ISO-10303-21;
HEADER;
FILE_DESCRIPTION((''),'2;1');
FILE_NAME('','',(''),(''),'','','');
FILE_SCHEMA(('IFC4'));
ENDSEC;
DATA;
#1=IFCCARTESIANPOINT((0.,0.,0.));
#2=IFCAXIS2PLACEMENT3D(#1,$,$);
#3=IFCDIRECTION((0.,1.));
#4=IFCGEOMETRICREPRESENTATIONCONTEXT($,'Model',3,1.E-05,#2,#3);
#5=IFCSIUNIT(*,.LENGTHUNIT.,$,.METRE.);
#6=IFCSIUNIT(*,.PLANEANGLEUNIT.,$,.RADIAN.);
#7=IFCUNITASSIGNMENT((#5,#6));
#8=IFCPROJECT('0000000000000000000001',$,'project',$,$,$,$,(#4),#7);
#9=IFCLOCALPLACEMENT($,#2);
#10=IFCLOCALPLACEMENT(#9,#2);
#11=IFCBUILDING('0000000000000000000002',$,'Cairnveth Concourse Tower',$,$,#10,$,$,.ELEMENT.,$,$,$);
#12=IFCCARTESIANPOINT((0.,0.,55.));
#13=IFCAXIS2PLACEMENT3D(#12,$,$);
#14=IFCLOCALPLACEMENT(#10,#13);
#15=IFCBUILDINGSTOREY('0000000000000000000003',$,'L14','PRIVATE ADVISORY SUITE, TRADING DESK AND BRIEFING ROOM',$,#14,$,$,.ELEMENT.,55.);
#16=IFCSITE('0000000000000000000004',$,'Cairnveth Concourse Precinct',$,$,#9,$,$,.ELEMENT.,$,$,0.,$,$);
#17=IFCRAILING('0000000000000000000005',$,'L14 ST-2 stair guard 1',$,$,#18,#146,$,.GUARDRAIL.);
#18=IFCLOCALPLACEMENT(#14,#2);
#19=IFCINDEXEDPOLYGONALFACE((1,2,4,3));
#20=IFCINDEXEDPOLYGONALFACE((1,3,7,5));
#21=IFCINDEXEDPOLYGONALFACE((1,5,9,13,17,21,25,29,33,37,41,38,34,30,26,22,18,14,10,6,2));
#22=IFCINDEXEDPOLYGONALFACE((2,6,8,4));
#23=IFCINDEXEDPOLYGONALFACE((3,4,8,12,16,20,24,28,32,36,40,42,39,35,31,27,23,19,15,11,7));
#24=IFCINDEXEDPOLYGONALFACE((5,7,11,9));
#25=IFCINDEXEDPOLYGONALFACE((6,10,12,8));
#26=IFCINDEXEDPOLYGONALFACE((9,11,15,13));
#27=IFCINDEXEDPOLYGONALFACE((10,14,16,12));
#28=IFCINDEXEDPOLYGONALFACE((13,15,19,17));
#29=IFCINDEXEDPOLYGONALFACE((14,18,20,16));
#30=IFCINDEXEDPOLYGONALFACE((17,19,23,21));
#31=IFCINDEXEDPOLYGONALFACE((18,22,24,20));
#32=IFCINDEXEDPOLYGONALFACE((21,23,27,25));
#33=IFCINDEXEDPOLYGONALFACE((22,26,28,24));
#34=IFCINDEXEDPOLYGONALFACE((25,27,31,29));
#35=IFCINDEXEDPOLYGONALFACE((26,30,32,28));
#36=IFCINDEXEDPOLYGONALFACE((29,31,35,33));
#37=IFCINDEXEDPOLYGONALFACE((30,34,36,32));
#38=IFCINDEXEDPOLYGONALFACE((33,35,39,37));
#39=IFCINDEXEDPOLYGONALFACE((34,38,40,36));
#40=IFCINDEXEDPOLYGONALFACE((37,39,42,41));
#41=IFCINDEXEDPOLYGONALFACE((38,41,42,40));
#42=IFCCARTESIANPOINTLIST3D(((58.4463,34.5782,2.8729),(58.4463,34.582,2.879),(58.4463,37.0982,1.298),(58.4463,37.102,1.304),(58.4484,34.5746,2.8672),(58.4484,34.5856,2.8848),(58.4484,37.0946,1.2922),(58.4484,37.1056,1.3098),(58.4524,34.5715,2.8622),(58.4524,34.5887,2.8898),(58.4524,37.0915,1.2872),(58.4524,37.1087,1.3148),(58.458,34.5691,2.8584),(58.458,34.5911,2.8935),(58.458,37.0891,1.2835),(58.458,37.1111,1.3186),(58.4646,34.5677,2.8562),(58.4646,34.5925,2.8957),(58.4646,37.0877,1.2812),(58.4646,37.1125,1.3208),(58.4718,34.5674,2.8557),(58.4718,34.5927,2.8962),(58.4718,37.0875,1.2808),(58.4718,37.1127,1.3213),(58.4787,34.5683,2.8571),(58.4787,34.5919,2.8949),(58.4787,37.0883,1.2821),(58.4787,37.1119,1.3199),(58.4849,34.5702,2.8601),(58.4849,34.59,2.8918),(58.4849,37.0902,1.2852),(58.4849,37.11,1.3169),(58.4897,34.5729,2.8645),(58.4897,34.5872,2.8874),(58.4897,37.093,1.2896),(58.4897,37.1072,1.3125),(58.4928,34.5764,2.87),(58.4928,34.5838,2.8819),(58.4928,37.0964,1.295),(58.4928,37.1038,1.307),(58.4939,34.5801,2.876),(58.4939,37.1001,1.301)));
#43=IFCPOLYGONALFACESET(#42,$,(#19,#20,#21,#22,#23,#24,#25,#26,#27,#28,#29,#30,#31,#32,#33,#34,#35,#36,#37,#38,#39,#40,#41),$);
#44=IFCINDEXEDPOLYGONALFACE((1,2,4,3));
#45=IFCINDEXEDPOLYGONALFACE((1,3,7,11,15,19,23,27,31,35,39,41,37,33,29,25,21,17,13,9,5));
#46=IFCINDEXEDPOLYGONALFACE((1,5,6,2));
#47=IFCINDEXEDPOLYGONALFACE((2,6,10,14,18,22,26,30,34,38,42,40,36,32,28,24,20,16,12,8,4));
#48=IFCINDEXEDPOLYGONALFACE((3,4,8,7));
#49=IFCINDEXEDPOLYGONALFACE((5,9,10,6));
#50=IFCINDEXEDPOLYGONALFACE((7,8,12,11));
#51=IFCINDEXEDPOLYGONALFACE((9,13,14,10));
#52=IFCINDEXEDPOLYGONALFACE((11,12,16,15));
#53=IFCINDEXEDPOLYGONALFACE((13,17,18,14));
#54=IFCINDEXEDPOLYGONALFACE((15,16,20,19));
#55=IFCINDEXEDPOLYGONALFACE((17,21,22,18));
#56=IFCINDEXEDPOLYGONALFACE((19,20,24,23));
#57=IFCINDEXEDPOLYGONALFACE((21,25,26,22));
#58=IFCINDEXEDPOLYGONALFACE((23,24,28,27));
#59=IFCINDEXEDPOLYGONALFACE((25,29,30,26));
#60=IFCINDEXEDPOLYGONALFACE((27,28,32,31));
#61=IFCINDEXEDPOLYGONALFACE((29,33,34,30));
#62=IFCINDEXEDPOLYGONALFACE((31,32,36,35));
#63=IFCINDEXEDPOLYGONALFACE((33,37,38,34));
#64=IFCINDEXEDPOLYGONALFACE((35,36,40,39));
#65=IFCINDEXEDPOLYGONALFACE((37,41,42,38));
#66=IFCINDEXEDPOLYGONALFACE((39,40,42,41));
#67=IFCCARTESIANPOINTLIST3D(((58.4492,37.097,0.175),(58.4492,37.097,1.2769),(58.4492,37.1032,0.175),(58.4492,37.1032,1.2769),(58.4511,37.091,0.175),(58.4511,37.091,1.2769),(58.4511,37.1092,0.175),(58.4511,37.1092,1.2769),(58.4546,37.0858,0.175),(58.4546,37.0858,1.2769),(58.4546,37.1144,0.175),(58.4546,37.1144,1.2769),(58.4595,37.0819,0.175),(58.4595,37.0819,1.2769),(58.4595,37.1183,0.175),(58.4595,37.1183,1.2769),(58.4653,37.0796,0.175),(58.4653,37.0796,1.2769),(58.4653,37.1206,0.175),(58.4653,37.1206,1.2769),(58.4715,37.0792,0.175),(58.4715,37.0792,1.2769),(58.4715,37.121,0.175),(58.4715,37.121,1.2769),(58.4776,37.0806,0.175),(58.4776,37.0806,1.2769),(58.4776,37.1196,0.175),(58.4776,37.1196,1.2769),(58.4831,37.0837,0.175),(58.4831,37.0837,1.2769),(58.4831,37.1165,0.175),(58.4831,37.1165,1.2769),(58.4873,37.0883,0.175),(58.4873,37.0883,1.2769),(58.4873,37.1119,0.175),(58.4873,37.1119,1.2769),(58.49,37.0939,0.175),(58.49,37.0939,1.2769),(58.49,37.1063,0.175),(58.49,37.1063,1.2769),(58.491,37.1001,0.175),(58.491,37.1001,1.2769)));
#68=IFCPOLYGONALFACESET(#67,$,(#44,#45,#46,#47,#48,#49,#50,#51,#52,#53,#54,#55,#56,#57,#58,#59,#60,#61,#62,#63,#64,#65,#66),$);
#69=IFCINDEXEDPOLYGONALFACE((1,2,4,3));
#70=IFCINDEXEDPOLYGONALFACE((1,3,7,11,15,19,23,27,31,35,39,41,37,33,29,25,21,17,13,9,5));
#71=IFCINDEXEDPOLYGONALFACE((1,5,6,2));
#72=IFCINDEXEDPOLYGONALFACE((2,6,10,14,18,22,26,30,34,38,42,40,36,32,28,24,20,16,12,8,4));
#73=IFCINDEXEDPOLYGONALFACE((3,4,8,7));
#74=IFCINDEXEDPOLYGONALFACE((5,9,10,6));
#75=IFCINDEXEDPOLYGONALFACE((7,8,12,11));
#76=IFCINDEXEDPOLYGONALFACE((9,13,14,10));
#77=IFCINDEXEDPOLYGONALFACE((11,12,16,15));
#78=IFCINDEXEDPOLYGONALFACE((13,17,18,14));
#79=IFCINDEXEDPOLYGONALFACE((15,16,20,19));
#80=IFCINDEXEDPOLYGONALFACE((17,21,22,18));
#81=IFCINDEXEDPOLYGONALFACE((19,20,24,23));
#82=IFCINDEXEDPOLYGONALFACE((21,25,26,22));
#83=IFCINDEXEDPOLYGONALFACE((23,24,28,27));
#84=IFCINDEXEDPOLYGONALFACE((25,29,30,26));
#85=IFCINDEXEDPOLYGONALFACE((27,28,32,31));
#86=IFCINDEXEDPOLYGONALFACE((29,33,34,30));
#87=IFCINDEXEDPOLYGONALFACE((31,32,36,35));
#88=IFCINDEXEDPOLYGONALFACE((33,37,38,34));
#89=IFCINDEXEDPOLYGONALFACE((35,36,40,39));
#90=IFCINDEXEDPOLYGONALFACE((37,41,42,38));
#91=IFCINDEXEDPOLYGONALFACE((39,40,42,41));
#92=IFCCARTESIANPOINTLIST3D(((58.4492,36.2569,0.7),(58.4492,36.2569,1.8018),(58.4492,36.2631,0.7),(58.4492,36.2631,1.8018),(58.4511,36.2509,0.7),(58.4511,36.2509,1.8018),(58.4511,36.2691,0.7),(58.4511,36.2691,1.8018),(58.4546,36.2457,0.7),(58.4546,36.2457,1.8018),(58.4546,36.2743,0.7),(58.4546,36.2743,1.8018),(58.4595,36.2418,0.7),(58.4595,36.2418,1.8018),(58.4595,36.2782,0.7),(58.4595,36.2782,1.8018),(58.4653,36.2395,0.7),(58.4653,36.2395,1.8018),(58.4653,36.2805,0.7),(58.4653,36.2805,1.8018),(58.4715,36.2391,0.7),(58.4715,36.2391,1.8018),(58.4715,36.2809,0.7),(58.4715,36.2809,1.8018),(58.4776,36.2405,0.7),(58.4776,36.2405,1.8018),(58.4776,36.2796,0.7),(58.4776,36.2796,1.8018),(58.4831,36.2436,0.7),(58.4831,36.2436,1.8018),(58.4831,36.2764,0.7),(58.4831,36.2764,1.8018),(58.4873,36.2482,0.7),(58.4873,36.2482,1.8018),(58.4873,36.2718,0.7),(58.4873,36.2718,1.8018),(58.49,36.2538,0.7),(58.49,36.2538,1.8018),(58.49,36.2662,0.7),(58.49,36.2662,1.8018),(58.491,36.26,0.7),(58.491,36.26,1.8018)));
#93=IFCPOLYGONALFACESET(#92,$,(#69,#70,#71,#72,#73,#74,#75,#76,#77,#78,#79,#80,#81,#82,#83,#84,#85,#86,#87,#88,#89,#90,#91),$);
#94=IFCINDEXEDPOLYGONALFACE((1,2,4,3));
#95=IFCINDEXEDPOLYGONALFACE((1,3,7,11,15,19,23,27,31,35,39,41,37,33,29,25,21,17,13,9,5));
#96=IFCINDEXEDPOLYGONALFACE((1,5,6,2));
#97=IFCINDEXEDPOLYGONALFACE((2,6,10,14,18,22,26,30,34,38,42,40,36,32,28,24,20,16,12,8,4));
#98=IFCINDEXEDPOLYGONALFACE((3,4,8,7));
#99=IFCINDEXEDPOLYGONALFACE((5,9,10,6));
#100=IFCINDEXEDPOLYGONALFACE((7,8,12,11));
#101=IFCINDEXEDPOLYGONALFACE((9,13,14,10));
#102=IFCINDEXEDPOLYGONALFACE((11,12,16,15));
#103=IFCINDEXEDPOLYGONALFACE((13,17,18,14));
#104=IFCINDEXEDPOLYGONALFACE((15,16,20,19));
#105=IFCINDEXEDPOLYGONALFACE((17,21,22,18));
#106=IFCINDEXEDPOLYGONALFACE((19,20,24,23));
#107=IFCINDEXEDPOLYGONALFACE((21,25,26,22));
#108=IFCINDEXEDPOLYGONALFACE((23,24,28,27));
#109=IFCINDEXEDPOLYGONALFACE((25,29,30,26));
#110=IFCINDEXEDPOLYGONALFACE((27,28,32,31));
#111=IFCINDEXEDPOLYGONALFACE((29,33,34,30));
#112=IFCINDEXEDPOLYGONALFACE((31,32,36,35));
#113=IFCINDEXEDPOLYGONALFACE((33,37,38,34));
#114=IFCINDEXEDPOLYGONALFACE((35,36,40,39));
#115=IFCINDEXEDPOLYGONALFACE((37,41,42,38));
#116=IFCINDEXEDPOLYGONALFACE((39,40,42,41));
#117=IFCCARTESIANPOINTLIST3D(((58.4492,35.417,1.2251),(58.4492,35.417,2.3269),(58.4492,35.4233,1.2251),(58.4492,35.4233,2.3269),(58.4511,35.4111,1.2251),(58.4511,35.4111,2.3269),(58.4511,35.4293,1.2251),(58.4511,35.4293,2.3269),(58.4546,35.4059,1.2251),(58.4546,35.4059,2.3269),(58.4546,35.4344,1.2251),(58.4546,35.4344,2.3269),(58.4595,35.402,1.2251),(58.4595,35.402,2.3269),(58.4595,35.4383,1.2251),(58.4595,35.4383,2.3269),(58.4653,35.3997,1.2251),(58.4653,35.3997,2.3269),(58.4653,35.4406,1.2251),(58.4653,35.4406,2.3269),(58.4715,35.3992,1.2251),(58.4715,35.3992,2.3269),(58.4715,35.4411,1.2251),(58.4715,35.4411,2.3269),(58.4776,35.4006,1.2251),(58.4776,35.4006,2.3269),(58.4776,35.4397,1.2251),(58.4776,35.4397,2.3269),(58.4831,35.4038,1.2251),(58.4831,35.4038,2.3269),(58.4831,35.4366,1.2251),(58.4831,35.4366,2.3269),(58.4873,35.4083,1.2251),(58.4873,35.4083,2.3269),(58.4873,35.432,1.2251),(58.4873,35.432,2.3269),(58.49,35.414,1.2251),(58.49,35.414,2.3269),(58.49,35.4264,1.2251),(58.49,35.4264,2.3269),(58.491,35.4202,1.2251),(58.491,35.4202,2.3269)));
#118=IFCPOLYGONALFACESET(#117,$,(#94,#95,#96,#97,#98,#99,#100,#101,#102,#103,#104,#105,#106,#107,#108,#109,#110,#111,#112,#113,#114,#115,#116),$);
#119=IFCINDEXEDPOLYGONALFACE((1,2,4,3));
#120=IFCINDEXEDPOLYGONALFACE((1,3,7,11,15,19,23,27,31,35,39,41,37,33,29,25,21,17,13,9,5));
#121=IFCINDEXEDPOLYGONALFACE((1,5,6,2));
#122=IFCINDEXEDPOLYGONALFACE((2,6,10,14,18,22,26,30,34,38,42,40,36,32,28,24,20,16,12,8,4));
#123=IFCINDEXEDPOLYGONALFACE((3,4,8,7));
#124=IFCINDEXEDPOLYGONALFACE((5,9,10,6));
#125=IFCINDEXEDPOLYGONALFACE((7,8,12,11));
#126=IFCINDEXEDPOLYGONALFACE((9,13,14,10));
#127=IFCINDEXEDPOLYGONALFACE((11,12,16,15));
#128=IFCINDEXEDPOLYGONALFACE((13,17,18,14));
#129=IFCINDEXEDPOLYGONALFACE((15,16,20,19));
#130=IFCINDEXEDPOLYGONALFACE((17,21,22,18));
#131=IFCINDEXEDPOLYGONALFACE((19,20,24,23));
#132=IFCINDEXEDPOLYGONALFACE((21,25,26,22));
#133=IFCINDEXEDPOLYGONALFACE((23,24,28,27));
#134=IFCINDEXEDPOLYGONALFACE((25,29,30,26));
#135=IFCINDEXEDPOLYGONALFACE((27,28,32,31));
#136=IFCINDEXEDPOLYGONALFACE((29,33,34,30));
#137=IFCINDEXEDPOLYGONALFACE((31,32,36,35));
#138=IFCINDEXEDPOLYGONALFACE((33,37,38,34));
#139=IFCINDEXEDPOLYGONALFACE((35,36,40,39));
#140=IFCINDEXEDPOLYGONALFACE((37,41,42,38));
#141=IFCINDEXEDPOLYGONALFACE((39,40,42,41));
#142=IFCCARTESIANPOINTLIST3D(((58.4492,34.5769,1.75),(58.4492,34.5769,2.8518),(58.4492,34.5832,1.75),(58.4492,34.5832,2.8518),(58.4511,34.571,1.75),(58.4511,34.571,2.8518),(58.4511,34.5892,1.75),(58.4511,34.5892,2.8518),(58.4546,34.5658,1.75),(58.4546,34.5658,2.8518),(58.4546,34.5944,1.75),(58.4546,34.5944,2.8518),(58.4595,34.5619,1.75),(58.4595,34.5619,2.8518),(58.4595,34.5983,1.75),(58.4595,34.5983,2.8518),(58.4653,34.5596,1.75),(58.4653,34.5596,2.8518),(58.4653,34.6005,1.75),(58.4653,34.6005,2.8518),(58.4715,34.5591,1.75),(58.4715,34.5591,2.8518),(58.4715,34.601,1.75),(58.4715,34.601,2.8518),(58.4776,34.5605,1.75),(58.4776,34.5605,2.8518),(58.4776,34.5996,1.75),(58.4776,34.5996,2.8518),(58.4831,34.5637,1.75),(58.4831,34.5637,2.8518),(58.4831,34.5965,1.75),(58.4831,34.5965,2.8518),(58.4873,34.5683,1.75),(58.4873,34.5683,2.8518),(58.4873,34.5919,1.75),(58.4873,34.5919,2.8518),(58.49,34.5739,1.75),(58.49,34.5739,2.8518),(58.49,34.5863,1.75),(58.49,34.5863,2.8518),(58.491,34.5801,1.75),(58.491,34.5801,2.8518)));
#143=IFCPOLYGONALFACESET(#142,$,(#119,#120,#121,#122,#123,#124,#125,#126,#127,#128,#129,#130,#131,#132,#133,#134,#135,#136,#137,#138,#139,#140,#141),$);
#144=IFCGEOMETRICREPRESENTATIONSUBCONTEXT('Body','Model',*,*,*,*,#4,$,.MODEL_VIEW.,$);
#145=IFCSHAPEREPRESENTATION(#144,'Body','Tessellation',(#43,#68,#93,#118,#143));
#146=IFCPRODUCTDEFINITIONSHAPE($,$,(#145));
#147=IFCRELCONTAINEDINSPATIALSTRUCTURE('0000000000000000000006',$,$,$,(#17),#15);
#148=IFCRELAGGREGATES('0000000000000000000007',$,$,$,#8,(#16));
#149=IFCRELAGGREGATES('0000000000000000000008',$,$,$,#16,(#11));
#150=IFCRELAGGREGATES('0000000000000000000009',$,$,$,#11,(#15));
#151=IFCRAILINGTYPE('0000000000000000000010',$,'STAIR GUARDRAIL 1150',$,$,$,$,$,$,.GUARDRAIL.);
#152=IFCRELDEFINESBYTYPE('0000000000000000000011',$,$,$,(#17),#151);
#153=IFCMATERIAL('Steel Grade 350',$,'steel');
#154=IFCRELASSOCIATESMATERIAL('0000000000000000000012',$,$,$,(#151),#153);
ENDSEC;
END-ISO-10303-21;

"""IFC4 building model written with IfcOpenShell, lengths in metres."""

from ifc_helpers import new_model, si_unit, direction, frame, origin, origin_2d, place, context, subcontext, project, spatial, circle, extrude, material, type_object, element, save


model = new_model("IFC4")

# Units and contexts
model_context = context("Model", 3, precision=1e-05, world=origin(), true_north=direction((0.0, 1.0)))
body_context = subcontext(model_context, "Body", "Model", "MODEL_VIEW")
ifc_project = project(units=[si_unit("LENGTHUNIT", "METRE"), si_unit("PLANEANGLEUNIT", "RADIAN")], contexts=[model_context])

# Site, building, storey
site_placement = place(None, origin())
site = spatial("IfcSite", under=ifc_project, at=site_placement, Name="Cairnveth Concourse Precinct", CompositionType="ELEMENT", RefElevation=0.0)
building_placement = place(site_placement, origin())
building = spatial("IfcBuilding", under=site, at=building_placement, Name="Cairnveth Concourse Tower", CompositionType="ELEMENT")
storey_placement = place(building_placement, frame((0.0, 0.0, 55.0)))
storey = spatial("IfcBuildingStorey", under=building, at=storey_placement, Name="L14", Description="PRIVATE ADVISORY SUITE, TRADING DESK AND BRIEFING ROOM", CompositionType="ELEMENT", Elevation=55.0)

# Shared definitions
ifc_material_1 = material(Name="Steel Grade 350", Category="steel")

# Railing
railing_type_1 = type_object("IfcRailingType", Name="STAIR GUARDRAIL 1150", PredefinedType="GUARDRAIL", material=ifc_material_1)
railing_1_placement = place(storey_placement, frame((58.47, 37.1001, 0.175)))
element("IfcRailing", 1, at=railing_1_placement, inside=storey, type_object=railing_type_1, Name="L14 ST-2 stair guard 1", PredefinedType="GUARDRAIL", context=body_context, shape_type="SweptSolid", body=[
    extrude(circle(Radius=0.0239, at=origin_2d()), frame((0.0, 0.0, 1.126), z_axis=(0.0, -0.848008, 0.529984), x_axis=(1.0, 0.0, 0.0)), (0.0, 0.0, 1.0), 2.9717),
    extrude(circle(Radius=0.021, at=origin_2d()), origin(), (0.0, 0.0, 1.0), 1.1018),
    extrude(circle(Radius=0.021, at=origin_2d()), frame((0.0, -0.8401, 0.5249)), (0.0, 0.0, 1.0), 1.1018),
    extrude(circle(Radius=0.021, at=origin_2d()), frame((0.0, -1.6799, 1.05)), (0.0, 0.0, 1.0), 1.1018),
    extrude(circle(Radius=0.021, at=origin_2d()), frame((0.0, -2.52, 1.575)), (0.0, 0.0, 1.0), 1.1018),
])

save(model, "model.ifc")
